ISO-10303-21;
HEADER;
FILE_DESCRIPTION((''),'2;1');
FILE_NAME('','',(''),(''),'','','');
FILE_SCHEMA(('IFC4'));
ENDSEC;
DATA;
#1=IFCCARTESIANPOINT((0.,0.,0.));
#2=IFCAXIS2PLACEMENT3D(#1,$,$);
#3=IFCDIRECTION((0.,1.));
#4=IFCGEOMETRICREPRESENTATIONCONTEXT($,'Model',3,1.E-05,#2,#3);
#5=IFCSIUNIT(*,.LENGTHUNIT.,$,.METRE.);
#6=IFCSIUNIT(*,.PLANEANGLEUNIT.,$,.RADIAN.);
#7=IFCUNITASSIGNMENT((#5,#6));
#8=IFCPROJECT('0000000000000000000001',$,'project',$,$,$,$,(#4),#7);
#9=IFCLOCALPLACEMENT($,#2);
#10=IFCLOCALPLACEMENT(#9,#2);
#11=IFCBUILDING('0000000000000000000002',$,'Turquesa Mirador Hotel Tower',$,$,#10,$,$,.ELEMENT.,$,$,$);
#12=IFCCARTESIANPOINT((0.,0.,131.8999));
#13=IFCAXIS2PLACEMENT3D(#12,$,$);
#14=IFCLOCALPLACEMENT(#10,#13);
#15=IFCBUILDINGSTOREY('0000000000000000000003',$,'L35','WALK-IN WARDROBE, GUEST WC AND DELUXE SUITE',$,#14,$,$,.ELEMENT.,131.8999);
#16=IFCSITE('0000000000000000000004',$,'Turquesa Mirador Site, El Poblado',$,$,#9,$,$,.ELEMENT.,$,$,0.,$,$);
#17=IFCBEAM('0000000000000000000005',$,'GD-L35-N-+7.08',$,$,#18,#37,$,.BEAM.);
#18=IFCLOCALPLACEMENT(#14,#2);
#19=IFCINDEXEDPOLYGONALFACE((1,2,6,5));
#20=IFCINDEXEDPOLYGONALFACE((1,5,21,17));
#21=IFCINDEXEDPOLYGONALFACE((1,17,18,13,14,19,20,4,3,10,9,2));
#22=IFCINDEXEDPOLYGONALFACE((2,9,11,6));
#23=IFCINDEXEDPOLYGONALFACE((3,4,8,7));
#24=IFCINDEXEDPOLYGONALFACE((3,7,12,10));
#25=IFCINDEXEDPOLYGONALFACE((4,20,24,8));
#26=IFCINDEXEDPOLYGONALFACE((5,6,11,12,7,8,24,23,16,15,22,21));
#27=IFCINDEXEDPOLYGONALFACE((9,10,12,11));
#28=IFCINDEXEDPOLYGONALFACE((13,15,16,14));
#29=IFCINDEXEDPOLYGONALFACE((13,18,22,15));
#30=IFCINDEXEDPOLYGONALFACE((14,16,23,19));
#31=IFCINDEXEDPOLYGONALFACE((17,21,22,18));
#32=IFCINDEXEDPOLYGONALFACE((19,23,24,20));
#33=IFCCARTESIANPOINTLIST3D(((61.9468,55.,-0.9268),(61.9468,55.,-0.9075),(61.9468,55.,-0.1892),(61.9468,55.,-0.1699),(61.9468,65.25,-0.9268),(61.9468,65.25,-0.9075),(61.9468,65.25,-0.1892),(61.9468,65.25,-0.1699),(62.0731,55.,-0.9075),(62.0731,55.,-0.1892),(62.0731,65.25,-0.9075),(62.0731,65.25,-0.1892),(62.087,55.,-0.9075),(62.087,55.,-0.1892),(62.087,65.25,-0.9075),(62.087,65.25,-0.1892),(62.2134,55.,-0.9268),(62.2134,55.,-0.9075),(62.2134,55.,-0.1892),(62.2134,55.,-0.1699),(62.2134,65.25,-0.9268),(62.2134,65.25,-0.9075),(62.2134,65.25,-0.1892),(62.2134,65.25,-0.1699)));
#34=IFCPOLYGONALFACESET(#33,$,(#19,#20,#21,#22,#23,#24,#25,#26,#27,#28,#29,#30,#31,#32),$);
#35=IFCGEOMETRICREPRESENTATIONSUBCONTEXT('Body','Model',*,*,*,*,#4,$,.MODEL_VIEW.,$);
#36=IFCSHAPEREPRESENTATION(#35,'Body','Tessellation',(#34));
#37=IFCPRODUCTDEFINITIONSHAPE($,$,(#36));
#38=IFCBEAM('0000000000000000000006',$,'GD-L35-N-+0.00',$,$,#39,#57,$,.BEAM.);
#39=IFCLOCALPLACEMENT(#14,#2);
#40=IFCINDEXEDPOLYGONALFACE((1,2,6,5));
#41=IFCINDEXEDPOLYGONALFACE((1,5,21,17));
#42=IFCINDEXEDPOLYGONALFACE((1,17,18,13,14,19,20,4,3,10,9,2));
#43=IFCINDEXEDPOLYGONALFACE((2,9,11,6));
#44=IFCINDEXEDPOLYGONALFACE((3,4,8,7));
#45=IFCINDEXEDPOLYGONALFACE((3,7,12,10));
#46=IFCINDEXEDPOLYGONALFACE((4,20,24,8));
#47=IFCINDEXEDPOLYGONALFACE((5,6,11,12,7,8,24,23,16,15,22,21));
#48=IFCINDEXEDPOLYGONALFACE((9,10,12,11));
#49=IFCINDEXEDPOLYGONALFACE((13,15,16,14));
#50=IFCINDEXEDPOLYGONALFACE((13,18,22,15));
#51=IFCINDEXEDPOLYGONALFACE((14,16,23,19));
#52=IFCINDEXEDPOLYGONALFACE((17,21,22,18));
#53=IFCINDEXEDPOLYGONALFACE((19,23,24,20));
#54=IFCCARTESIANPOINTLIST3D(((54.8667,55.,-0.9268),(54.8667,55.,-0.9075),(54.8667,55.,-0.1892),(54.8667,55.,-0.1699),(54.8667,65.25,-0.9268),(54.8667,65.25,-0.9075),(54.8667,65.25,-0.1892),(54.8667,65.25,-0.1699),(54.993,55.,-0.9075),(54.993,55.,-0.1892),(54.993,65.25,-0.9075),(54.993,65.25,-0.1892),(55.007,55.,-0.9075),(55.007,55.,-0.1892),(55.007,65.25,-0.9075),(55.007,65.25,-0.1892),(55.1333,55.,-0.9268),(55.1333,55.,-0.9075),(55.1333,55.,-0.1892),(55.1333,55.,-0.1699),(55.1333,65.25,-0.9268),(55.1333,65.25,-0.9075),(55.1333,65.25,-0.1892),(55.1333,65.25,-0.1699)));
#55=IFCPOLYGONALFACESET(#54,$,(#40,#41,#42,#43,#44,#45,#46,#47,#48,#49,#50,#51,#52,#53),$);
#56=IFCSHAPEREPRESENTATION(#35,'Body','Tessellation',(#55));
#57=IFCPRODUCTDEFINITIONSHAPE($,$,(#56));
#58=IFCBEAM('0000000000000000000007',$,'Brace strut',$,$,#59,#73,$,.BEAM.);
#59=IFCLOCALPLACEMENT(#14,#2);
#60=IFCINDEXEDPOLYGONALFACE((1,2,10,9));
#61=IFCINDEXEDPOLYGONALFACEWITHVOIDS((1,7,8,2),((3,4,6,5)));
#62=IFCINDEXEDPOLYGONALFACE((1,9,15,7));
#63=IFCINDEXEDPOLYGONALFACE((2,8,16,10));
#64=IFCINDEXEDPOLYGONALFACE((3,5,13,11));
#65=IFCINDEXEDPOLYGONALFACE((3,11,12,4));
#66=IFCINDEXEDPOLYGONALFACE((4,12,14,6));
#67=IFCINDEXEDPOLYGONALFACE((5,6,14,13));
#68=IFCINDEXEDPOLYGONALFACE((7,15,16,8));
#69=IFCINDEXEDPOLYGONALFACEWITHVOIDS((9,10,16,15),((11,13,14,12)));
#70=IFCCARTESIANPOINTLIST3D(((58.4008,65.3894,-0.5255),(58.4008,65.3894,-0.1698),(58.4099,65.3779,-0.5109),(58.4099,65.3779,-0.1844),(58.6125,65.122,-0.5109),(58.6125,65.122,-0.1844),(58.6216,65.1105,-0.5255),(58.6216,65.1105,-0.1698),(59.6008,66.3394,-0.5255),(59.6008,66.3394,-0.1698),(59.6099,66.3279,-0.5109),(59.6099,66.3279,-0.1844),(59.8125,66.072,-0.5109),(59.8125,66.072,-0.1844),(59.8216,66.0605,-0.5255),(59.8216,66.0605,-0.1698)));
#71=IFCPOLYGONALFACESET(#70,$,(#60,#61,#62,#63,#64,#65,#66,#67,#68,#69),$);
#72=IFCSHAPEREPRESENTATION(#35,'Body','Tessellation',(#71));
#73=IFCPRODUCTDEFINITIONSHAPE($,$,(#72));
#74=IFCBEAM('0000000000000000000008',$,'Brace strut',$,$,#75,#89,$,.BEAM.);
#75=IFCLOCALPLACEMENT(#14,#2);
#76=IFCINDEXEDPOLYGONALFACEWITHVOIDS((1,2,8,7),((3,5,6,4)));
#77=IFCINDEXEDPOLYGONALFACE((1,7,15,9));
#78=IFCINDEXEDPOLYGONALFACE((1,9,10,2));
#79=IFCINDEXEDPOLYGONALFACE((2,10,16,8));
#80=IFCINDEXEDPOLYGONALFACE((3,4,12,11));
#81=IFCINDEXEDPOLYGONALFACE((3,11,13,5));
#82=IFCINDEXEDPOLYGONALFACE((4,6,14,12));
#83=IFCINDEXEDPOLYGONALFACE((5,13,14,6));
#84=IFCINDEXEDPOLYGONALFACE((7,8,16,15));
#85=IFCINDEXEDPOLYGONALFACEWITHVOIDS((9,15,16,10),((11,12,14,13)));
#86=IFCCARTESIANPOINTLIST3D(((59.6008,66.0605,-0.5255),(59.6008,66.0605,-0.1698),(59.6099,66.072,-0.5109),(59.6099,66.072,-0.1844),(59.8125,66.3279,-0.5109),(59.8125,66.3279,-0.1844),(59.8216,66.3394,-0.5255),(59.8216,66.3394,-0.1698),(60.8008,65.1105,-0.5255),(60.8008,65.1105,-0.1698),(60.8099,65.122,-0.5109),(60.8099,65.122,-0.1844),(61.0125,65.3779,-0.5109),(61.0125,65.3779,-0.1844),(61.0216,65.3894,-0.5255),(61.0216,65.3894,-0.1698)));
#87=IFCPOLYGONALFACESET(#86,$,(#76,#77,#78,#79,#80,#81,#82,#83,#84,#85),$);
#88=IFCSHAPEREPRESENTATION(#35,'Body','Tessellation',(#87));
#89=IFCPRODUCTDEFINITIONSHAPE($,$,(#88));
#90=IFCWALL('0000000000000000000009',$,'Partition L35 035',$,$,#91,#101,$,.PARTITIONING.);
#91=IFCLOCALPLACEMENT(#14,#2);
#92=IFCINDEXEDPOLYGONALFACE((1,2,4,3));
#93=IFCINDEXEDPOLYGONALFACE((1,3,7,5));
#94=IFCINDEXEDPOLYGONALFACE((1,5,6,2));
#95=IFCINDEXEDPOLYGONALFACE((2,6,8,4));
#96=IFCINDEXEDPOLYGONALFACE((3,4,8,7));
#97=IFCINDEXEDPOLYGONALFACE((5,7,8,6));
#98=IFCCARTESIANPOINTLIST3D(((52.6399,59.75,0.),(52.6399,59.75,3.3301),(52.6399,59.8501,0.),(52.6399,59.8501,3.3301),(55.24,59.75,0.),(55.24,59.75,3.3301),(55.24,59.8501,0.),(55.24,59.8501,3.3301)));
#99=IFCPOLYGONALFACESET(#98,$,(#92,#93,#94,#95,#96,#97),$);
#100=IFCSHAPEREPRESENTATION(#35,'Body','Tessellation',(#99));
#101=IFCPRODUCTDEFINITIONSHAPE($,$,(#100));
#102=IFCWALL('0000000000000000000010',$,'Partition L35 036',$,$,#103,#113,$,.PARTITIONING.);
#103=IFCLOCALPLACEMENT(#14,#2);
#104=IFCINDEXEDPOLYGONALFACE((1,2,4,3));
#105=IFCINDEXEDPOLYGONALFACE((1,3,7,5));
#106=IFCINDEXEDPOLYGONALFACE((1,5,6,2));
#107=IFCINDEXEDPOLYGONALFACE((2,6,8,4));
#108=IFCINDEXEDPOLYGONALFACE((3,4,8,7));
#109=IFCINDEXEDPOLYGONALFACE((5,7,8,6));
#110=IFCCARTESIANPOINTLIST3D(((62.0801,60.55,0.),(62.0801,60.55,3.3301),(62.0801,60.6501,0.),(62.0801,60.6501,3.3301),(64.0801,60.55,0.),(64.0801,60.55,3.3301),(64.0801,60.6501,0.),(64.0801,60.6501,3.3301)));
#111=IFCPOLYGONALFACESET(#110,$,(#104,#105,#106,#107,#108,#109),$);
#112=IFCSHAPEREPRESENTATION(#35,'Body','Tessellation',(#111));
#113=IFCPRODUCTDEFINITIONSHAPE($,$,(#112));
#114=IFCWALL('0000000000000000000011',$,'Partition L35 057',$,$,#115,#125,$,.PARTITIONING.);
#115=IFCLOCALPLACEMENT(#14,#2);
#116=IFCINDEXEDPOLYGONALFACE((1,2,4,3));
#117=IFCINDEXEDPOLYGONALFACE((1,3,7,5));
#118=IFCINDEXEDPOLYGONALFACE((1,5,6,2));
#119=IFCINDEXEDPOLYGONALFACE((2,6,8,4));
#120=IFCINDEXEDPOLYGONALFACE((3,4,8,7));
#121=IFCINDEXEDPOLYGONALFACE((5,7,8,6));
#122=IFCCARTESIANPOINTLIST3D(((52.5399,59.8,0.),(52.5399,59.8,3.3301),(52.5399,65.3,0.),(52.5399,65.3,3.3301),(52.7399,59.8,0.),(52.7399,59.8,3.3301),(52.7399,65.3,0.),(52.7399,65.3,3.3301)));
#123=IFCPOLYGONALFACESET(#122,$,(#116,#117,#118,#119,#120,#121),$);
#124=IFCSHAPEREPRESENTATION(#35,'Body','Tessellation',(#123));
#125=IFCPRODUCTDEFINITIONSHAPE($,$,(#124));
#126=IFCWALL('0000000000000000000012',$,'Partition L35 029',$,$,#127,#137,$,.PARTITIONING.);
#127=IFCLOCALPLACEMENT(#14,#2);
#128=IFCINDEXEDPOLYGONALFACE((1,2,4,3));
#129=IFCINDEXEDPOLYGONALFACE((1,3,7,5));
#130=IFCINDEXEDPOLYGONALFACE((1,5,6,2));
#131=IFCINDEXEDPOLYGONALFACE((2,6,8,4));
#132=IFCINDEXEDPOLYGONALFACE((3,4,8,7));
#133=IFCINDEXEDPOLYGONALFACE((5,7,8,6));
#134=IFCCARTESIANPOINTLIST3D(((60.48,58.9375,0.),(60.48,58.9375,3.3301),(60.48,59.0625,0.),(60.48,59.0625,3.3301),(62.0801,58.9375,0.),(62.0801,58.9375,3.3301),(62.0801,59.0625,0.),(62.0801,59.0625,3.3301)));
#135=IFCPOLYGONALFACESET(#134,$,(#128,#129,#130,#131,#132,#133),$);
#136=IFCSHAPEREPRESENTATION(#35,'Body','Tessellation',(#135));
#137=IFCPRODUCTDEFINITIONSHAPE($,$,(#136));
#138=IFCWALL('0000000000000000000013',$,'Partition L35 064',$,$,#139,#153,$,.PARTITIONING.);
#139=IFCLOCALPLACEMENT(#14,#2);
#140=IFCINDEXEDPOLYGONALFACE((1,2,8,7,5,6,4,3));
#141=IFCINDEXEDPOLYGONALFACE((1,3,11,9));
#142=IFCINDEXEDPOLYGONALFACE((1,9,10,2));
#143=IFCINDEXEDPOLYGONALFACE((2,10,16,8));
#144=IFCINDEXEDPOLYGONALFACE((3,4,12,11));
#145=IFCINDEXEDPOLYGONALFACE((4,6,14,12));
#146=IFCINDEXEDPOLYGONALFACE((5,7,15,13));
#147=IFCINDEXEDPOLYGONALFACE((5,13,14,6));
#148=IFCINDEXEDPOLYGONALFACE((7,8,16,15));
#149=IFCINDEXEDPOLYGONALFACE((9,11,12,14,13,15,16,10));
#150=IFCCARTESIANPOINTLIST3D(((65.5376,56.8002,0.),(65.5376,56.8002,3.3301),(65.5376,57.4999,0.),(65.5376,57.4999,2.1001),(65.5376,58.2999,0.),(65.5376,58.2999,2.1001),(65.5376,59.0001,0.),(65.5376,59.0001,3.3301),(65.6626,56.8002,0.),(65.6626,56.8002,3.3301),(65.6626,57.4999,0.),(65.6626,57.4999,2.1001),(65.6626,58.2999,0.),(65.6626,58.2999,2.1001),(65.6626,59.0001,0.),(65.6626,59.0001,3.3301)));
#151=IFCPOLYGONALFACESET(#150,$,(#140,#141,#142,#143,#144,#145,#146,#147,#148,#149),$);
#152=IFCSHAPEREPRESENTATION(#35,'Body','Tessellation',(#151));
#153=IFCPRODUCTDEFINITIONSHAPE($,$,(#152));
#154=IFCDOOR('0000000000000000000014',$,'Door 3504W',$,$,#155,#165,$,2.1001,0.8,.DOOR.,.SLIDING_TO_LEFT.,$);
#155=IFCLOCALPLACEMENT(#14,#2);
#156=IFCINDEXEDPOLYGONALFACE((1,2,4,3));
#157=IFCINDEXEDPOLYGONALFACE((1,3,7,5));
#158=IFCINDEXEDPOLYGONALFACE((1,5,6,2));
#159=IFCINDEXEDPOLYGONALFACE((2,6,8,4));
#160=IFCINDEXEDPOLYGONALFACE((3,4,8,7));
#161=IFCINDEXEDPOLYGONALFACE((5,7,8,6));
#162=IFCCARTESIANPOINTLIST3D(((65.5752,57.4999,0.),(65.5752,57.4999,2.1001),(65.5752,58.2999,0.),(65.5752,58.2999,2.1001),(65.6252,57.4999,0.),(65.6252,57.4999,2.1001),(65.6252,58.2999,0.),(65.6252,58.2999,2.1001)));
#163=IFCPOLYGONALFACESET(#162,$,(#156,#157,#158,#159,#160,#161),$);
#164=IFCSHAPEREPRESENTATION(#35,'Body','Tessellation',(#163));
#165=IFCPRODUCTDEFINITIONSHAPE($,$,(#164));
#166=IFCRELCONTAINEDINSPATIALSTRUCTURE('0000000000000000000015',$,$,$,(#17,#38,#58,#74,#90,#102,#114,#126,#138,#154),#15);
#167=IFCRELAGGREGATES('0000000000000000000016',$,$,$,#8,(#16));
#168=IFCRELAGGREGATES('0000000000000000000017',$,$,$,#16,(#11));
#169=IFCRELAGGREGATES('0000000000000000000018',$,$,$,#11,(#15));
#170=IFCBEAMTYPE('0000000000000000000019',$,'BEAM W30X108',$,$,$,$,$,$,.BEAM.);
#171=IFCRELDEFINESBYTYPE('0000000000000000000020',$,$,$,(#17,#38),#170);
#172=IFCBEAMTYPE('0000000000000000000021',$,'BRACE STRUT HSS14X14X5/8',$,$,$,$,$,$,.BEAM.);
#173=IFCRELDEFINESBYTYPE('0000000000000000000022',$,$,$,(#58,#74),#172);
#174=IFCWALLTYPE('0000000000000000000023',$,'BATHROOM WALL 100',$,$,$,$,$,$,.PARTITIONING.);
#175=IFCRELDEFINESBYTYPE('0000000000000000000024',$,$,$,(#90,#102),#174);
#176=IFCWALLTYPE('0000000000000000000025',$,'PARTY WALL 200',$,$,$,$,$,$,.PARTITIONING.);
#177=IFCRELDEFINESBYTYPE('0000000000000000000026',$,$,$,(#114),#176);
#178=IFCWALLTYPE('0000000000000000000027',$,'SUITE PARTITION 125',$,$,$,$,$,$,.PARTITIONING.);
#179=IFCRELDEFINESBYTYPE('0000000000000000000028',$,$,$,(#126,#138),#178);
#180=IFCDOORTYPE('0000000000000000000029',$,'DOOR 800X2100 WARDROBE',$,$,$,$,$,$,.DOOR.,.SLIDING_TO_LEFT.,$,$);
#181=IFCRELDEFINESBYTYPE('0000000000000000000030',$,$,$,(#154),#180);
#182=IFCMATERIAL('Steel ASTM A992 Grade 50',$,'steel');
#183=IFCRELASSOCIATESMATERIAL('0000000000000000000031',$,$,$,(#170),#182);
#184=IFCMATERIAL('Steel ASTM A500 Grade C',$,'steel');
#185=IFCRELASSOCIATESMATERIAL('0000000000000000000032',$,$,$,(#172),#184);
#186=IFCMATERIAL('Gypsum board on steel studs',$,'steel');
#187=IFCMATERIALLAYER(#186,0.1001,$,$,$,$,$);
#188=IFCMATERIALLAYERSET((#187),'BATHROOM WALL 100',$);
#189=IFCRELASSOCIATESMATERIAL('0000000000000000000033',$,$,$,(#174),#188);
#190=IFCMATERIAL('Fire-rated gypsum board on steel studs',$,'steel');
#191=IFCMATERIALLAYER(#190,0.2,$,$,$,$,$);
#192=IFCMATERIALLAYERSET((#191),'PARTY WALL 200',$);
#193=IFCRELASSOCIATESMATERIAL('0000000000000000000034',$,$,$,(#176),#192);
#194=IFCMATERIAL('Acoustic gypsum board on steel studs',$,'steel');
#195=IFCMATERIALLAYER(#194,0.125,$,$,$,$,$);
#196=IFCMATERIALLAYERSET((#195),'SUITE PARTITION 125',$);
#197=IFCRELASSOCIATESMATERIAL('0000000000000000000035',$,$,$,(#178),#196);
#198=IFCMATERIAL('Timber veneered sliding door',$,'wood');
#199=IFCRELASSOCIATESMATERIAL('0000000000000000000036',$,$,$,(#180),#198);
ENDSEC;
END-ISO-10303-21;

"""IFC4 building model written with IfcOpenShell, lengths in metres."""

from ifc_helpers import new_model, si_unit, direction, frame, frame_2d, origin, origin_2d, place, context, subcontext, project, spatial, rectangle, hollow_rectangle, i_section, extrude, material, layer, layer_set, material_profile, profile_set, type_object, element, fill, save


model = new_model("IFC4")

# Units and contexts
model_context = context("Model", 3, precision=1e-05, world=origin(), true_north=direction((0.0, 1.0)))
body_context = subcontext(model_context, "Body", "Model", "MODEL_VIEW")
ifc_project = project(units=[si_unit("LENGTHUNIT", "METRE"), si_unit("PLANEANGLEUNIT", "RADIAN")], contexts=[model_context])

# Site, building, storey
site_placement = place(None, origin())
site = spatial("IfcSite", under=ifc_project, at=site_placement, Name="Turquesa Mirador Site, El Poblado", CompositionType="ELEMENT", RefElevation=0.0)
building_placement = place(site_placement, origin())
building = spatial("IfcBuilding", under=site, at=building_placement, Name="Turquesa Mirador Hotel Tower", CompositionType="ELEMENT")
storey_placement = place(building_placement, frame((0.0, 0.0, 131.8999)))
storey = spatial("IfcBuildingStorey", under=building, at=storey_placement, Name="L35", Description="WALK-IN WARDROBE, GUEST WC AND DELUXE SUITE", CompositionType="ELEMENT", Elevation=131.8999)

# Beams
ifc_material_1 = material(Name="Steel ASTM A992 Grade 50", Category="steel")
ifc_material_profile_1 = material_profile(ifc_material_1, i_section(OverallWidth=0.2666, OverallDepth=0.7568, WebThickness=0.0139, FlangeThickness=0.0193, at=origin_2d()), Name="W30X108")
ifc_profile_set_1 = profile_set([ifc_material_profile_1], Name="Steel ASTM A992 Grade 50")
beam_type_1 = type_object("IfcBeamType", Name="BEAM W30X108", PredefinedType="BEAM", material=ifc_profile_set_1)
for number, where, z_axis, x_axis, name in (
    (1, (62.0801, 65.25, -0.5483), (0.0, -1.0, 0.0), (1.0, 0.0, 0.0), "GD-L35-N-+7.08"),
    (2, (55.0, 65.25, -0.5483), (0.0, -1.0, 0.0), (1.0, 0.0, 0.0), "GD-L35-N-+0.00"),
):
    element("IfcBeam", number, at=place(storey_placement, frame(where, z_axis=z_axis, x_axis=x_axis)), inside=storey, type_object=beam_type_1, Name=name, PredefinedType="BEAM", context=body_context, shape_type="SweptSolid", body=[
        extrude(i_section(OverallWidth=0.2666, OverallDepth=0.7568, WebThickness=0.0139, FlangeThickness=0.0193, at=origin_2d()), origin(), (0.0, 0.0, 1.0), 10.25),
    ])
ifc_material_2 = material(Name="Steel ASTM A500 Grade C", Category="steel")
ifc_material_profile_2 = material_profile(ifc_material_2, hollow_rectangle(XDim=0.3557, YDim=0.3557, WallThickness=0.0146, at=origin_2d()), Name="HSS14X14X5/8")
ifc_profile_set_2 = profile_set([ifc_material_profile_2], Name="Steel ASTM A500 Grade C")
beam_type_2 = type_object("IfcBeamType", Name="BRACE STRUT HSS14X14X5/8", PredefinedType="BEAM", material=ifc_profile_set_2)
for number, where, z_axis, x_axis, name in (
    (3, (59.7112, 66.2, -0.3477), (-0.784049, -0.620699, 0.0), (0.620699, -0.784049, 0.0), "Brace strut"),
    (4, (59.7112, 66.2, -0.3477), (0.784049, -0.620699, 0.0), (0.620699, 0.784049, 0.0), "Brace strut"),
):
    element("IfcBeam", number, at=place(storey_placement, frame(where, z_axis=z_axis, x_axis=x_axis)), inside=storey, type_object=beam_type_2, Name=name, PredefinedType="BEAM", context=body_context, shape_type="SweptSolid", body=[
        extrude(hollow_rectangle(XDim=0.3557, YDim=0.3557, WallThickness=0.0146, at=origin_2d()), origin(), (0.0, 0.0, 1.0), 1.5305),
    ])

# Walls
ifc_material_3 = material(Name="Gypsum board on steel studs", Category="steel")
ifc_layer_1 = layer(ifc_material_3, 0.1001)
ifc_layer_set_1 = layer_set([ifc_layer_1], Name="BATHROOM WALL 100")
wall_type_1 = type_object("IfcWallType", Name="BATHROOM WALL 100", PredefinedType="PARTITIONING", material=ifc_layer_set_1)
wall_1_placement = place(storey_placement, frame((52.6399, 59.8, 0.0), z_axis=(0.0, 0.0, 1.0), x_axis=(1.0, 0.0, 0.0)))
element("IfcWall", 5, at=wall_1_placement, inside=storey, type_object=wall_type_1, Name="Partition L35 035", PredefinedType="PARTITIONING", context=body_context, shape_type="SweptSolid", body=[
    extrude(rectangle(XDim=2.6001, YDim=0.1001, at=frame_2d((1.3, 0.0))), origin(), (0.0, 0.0, 1.0), 3.3301),
])
wall_2_placement = place(storey_placement, frame((62.0801, 60.6001, 0.0), z_axis=(0.0, 0.0, 1.0), x_axis=(1.0, 0.0, 0.0)))
element("IfcWall", 6, at=wall_2_placement, inside=storey, type_object=wall_type_1, Name="Partition L35 036", PredefinedType="PARTITIONING", context=body_context, shape_type="SweptSolid", body=[
    extrude(rectangle(XDim=2.0, YDim=0.1001, at=frame_2d((1.0, 0.0))), origin(), (0.0, 0.0, 1.0), 3.3301),
])
ifc_material_4 = material(Name="Fire-rated gypsum board on steel studs", Category="steel")
ifc_layer_2 = layer(ifc_material_4, 0.2)
ifc_layer_set_2 = layer_set([ifc_layer_2], Name="PARTY WALL 200")
wall_type_2 = type_object("IfcWallType", Name="PARTY WALL 200", PredefinedType="PARTITIONING", material=ifc_layer_set_2)
wall_3_placement = place(storey_placement, frame((52.6399, 59.8, 0.0), z_axis=(0.0, 0.0, 1.0), x_axis=(0.0, 1.0, 0.0)))
element("IfcWall", 7, at=wall_3_placement, inside=storey, type_object=wall_type_2, Name="Partition L35 057", PredefinedType="PARTITIONING", context=body_context, shape_type="SweptSolid", body=[
    extrude(rectangle(XDim=5.5, YDim=0.2, at=frame_2d((2.75, 0.0))), origin(), (0.0, 0.0, 1.0), 3.3301),
])
ifc_material_5 = material(Name="Acoustic gypsum board on steel studs", Category="steel")
ifc_layer_3 = layer(ifc_material_5, 0.125)
ifc_layer_set_3 = layer_set([ifc_layer_3], Name="SUITE PARTITION 125")
wall_type_3 = type_object("IfcWallType", Name="SUITE PARTITION 125", PredefinedType="PARTITIONING", material=ifc_layer_set_3)
wall_4_placement = place(storey_placement, frame((60.48, 59.0, 0.0), z_axis=(0.0, 0.0, 1.0), x_axis=(1.0, 0.0, 0.0)))
element("IfcWall", 8, at=wall_4_placement, inside=storey, type_object=wall_type_3, Name="Partition L35 029", PredefinedType="PARTITIONING", context=body_context, shape_type="SweptSolid", body=[
    extrude(rectangle(XDim=1.6001, YDim=0.125, at=frame_2d((0.8, 0.0))), origin(), (0.0, 0.0, 1.0), 3.3301),
])

# Wall, opening, door
wall_5_placement = place(storey_placement, frame((65.6001, 56.8, 0.0), z_axis=(0.0, 0.0, 1.0), x_axis=(0.0, 1.0, 0.0)))
wall_5 = element("IfcWall", 9, at=wall_5_placement, inside=storey, type_object=wall_type_3, Name="Partition L35 064", PredefinedType="PARTITIONING", context=body_context, shape_type="SweptSolid", body=[
    extrude(rectangle(XDim=2.2, YDim=0.125, at=frame_2d((1.1001, 0.0))), origin(), (0.0, 0.0, 1.0), 3.3301),
])
opening_placement = place(wall_5_placement, frame((0.7, 0.0, 0.0)))
opening = element("IfcOpeningElement", 10, at=opening_placement, cuts=wall_5, PredefinedType="OPENING", context=body_context, shape_type="SweptSolid", body=[
    extrude(rectangle(XDim=0.8, YDim=2.1001, at=frame_2d((0.3999, 1.05))), frame((0.0, 0.0725, 0.0), z_axis=(0.0, -1.0, 0.0), x_axis=(1.0, 0.0, 0.0)), (0.0, 0.0, 1.0), 0.145),
])
ifc_material_6 = material(Name="Timber veneered sliding door", Category="wood")
door_type = type_object("IfcDoorType", Name="DOOR 800X2100 WARDROBE", OperationType="SLIDING_TO_LEFT", PredefinedType="DOOR", material=ifc_material_6)
door_placement = place(opening_placement, origin())
door = element("IfcDoor", 11, at=door_placement, inside=storey, type_object=door_type, Name="Door 3504W", OperationType="SLIDING_TO_LEFT", OverallHeight=2.1001, OverallWidth=0.8, PredefinedType="DOOR", context=body_context, shape_type="SweptSolid", body=[
    extrude(rectangle(XDim=0.8, YDim=2.1001, at=frame_2d((0.3999, 1.05))), frame((0.0, 0.0249, 0.0), z_axis=(0.0, -1.0, 0.0), x_axis=(1.0, 0.0, 0.0)), (0.0, 0.0, 1.0), 0.05),
])
fill(opening, door)

save(model, "model.ifc")
